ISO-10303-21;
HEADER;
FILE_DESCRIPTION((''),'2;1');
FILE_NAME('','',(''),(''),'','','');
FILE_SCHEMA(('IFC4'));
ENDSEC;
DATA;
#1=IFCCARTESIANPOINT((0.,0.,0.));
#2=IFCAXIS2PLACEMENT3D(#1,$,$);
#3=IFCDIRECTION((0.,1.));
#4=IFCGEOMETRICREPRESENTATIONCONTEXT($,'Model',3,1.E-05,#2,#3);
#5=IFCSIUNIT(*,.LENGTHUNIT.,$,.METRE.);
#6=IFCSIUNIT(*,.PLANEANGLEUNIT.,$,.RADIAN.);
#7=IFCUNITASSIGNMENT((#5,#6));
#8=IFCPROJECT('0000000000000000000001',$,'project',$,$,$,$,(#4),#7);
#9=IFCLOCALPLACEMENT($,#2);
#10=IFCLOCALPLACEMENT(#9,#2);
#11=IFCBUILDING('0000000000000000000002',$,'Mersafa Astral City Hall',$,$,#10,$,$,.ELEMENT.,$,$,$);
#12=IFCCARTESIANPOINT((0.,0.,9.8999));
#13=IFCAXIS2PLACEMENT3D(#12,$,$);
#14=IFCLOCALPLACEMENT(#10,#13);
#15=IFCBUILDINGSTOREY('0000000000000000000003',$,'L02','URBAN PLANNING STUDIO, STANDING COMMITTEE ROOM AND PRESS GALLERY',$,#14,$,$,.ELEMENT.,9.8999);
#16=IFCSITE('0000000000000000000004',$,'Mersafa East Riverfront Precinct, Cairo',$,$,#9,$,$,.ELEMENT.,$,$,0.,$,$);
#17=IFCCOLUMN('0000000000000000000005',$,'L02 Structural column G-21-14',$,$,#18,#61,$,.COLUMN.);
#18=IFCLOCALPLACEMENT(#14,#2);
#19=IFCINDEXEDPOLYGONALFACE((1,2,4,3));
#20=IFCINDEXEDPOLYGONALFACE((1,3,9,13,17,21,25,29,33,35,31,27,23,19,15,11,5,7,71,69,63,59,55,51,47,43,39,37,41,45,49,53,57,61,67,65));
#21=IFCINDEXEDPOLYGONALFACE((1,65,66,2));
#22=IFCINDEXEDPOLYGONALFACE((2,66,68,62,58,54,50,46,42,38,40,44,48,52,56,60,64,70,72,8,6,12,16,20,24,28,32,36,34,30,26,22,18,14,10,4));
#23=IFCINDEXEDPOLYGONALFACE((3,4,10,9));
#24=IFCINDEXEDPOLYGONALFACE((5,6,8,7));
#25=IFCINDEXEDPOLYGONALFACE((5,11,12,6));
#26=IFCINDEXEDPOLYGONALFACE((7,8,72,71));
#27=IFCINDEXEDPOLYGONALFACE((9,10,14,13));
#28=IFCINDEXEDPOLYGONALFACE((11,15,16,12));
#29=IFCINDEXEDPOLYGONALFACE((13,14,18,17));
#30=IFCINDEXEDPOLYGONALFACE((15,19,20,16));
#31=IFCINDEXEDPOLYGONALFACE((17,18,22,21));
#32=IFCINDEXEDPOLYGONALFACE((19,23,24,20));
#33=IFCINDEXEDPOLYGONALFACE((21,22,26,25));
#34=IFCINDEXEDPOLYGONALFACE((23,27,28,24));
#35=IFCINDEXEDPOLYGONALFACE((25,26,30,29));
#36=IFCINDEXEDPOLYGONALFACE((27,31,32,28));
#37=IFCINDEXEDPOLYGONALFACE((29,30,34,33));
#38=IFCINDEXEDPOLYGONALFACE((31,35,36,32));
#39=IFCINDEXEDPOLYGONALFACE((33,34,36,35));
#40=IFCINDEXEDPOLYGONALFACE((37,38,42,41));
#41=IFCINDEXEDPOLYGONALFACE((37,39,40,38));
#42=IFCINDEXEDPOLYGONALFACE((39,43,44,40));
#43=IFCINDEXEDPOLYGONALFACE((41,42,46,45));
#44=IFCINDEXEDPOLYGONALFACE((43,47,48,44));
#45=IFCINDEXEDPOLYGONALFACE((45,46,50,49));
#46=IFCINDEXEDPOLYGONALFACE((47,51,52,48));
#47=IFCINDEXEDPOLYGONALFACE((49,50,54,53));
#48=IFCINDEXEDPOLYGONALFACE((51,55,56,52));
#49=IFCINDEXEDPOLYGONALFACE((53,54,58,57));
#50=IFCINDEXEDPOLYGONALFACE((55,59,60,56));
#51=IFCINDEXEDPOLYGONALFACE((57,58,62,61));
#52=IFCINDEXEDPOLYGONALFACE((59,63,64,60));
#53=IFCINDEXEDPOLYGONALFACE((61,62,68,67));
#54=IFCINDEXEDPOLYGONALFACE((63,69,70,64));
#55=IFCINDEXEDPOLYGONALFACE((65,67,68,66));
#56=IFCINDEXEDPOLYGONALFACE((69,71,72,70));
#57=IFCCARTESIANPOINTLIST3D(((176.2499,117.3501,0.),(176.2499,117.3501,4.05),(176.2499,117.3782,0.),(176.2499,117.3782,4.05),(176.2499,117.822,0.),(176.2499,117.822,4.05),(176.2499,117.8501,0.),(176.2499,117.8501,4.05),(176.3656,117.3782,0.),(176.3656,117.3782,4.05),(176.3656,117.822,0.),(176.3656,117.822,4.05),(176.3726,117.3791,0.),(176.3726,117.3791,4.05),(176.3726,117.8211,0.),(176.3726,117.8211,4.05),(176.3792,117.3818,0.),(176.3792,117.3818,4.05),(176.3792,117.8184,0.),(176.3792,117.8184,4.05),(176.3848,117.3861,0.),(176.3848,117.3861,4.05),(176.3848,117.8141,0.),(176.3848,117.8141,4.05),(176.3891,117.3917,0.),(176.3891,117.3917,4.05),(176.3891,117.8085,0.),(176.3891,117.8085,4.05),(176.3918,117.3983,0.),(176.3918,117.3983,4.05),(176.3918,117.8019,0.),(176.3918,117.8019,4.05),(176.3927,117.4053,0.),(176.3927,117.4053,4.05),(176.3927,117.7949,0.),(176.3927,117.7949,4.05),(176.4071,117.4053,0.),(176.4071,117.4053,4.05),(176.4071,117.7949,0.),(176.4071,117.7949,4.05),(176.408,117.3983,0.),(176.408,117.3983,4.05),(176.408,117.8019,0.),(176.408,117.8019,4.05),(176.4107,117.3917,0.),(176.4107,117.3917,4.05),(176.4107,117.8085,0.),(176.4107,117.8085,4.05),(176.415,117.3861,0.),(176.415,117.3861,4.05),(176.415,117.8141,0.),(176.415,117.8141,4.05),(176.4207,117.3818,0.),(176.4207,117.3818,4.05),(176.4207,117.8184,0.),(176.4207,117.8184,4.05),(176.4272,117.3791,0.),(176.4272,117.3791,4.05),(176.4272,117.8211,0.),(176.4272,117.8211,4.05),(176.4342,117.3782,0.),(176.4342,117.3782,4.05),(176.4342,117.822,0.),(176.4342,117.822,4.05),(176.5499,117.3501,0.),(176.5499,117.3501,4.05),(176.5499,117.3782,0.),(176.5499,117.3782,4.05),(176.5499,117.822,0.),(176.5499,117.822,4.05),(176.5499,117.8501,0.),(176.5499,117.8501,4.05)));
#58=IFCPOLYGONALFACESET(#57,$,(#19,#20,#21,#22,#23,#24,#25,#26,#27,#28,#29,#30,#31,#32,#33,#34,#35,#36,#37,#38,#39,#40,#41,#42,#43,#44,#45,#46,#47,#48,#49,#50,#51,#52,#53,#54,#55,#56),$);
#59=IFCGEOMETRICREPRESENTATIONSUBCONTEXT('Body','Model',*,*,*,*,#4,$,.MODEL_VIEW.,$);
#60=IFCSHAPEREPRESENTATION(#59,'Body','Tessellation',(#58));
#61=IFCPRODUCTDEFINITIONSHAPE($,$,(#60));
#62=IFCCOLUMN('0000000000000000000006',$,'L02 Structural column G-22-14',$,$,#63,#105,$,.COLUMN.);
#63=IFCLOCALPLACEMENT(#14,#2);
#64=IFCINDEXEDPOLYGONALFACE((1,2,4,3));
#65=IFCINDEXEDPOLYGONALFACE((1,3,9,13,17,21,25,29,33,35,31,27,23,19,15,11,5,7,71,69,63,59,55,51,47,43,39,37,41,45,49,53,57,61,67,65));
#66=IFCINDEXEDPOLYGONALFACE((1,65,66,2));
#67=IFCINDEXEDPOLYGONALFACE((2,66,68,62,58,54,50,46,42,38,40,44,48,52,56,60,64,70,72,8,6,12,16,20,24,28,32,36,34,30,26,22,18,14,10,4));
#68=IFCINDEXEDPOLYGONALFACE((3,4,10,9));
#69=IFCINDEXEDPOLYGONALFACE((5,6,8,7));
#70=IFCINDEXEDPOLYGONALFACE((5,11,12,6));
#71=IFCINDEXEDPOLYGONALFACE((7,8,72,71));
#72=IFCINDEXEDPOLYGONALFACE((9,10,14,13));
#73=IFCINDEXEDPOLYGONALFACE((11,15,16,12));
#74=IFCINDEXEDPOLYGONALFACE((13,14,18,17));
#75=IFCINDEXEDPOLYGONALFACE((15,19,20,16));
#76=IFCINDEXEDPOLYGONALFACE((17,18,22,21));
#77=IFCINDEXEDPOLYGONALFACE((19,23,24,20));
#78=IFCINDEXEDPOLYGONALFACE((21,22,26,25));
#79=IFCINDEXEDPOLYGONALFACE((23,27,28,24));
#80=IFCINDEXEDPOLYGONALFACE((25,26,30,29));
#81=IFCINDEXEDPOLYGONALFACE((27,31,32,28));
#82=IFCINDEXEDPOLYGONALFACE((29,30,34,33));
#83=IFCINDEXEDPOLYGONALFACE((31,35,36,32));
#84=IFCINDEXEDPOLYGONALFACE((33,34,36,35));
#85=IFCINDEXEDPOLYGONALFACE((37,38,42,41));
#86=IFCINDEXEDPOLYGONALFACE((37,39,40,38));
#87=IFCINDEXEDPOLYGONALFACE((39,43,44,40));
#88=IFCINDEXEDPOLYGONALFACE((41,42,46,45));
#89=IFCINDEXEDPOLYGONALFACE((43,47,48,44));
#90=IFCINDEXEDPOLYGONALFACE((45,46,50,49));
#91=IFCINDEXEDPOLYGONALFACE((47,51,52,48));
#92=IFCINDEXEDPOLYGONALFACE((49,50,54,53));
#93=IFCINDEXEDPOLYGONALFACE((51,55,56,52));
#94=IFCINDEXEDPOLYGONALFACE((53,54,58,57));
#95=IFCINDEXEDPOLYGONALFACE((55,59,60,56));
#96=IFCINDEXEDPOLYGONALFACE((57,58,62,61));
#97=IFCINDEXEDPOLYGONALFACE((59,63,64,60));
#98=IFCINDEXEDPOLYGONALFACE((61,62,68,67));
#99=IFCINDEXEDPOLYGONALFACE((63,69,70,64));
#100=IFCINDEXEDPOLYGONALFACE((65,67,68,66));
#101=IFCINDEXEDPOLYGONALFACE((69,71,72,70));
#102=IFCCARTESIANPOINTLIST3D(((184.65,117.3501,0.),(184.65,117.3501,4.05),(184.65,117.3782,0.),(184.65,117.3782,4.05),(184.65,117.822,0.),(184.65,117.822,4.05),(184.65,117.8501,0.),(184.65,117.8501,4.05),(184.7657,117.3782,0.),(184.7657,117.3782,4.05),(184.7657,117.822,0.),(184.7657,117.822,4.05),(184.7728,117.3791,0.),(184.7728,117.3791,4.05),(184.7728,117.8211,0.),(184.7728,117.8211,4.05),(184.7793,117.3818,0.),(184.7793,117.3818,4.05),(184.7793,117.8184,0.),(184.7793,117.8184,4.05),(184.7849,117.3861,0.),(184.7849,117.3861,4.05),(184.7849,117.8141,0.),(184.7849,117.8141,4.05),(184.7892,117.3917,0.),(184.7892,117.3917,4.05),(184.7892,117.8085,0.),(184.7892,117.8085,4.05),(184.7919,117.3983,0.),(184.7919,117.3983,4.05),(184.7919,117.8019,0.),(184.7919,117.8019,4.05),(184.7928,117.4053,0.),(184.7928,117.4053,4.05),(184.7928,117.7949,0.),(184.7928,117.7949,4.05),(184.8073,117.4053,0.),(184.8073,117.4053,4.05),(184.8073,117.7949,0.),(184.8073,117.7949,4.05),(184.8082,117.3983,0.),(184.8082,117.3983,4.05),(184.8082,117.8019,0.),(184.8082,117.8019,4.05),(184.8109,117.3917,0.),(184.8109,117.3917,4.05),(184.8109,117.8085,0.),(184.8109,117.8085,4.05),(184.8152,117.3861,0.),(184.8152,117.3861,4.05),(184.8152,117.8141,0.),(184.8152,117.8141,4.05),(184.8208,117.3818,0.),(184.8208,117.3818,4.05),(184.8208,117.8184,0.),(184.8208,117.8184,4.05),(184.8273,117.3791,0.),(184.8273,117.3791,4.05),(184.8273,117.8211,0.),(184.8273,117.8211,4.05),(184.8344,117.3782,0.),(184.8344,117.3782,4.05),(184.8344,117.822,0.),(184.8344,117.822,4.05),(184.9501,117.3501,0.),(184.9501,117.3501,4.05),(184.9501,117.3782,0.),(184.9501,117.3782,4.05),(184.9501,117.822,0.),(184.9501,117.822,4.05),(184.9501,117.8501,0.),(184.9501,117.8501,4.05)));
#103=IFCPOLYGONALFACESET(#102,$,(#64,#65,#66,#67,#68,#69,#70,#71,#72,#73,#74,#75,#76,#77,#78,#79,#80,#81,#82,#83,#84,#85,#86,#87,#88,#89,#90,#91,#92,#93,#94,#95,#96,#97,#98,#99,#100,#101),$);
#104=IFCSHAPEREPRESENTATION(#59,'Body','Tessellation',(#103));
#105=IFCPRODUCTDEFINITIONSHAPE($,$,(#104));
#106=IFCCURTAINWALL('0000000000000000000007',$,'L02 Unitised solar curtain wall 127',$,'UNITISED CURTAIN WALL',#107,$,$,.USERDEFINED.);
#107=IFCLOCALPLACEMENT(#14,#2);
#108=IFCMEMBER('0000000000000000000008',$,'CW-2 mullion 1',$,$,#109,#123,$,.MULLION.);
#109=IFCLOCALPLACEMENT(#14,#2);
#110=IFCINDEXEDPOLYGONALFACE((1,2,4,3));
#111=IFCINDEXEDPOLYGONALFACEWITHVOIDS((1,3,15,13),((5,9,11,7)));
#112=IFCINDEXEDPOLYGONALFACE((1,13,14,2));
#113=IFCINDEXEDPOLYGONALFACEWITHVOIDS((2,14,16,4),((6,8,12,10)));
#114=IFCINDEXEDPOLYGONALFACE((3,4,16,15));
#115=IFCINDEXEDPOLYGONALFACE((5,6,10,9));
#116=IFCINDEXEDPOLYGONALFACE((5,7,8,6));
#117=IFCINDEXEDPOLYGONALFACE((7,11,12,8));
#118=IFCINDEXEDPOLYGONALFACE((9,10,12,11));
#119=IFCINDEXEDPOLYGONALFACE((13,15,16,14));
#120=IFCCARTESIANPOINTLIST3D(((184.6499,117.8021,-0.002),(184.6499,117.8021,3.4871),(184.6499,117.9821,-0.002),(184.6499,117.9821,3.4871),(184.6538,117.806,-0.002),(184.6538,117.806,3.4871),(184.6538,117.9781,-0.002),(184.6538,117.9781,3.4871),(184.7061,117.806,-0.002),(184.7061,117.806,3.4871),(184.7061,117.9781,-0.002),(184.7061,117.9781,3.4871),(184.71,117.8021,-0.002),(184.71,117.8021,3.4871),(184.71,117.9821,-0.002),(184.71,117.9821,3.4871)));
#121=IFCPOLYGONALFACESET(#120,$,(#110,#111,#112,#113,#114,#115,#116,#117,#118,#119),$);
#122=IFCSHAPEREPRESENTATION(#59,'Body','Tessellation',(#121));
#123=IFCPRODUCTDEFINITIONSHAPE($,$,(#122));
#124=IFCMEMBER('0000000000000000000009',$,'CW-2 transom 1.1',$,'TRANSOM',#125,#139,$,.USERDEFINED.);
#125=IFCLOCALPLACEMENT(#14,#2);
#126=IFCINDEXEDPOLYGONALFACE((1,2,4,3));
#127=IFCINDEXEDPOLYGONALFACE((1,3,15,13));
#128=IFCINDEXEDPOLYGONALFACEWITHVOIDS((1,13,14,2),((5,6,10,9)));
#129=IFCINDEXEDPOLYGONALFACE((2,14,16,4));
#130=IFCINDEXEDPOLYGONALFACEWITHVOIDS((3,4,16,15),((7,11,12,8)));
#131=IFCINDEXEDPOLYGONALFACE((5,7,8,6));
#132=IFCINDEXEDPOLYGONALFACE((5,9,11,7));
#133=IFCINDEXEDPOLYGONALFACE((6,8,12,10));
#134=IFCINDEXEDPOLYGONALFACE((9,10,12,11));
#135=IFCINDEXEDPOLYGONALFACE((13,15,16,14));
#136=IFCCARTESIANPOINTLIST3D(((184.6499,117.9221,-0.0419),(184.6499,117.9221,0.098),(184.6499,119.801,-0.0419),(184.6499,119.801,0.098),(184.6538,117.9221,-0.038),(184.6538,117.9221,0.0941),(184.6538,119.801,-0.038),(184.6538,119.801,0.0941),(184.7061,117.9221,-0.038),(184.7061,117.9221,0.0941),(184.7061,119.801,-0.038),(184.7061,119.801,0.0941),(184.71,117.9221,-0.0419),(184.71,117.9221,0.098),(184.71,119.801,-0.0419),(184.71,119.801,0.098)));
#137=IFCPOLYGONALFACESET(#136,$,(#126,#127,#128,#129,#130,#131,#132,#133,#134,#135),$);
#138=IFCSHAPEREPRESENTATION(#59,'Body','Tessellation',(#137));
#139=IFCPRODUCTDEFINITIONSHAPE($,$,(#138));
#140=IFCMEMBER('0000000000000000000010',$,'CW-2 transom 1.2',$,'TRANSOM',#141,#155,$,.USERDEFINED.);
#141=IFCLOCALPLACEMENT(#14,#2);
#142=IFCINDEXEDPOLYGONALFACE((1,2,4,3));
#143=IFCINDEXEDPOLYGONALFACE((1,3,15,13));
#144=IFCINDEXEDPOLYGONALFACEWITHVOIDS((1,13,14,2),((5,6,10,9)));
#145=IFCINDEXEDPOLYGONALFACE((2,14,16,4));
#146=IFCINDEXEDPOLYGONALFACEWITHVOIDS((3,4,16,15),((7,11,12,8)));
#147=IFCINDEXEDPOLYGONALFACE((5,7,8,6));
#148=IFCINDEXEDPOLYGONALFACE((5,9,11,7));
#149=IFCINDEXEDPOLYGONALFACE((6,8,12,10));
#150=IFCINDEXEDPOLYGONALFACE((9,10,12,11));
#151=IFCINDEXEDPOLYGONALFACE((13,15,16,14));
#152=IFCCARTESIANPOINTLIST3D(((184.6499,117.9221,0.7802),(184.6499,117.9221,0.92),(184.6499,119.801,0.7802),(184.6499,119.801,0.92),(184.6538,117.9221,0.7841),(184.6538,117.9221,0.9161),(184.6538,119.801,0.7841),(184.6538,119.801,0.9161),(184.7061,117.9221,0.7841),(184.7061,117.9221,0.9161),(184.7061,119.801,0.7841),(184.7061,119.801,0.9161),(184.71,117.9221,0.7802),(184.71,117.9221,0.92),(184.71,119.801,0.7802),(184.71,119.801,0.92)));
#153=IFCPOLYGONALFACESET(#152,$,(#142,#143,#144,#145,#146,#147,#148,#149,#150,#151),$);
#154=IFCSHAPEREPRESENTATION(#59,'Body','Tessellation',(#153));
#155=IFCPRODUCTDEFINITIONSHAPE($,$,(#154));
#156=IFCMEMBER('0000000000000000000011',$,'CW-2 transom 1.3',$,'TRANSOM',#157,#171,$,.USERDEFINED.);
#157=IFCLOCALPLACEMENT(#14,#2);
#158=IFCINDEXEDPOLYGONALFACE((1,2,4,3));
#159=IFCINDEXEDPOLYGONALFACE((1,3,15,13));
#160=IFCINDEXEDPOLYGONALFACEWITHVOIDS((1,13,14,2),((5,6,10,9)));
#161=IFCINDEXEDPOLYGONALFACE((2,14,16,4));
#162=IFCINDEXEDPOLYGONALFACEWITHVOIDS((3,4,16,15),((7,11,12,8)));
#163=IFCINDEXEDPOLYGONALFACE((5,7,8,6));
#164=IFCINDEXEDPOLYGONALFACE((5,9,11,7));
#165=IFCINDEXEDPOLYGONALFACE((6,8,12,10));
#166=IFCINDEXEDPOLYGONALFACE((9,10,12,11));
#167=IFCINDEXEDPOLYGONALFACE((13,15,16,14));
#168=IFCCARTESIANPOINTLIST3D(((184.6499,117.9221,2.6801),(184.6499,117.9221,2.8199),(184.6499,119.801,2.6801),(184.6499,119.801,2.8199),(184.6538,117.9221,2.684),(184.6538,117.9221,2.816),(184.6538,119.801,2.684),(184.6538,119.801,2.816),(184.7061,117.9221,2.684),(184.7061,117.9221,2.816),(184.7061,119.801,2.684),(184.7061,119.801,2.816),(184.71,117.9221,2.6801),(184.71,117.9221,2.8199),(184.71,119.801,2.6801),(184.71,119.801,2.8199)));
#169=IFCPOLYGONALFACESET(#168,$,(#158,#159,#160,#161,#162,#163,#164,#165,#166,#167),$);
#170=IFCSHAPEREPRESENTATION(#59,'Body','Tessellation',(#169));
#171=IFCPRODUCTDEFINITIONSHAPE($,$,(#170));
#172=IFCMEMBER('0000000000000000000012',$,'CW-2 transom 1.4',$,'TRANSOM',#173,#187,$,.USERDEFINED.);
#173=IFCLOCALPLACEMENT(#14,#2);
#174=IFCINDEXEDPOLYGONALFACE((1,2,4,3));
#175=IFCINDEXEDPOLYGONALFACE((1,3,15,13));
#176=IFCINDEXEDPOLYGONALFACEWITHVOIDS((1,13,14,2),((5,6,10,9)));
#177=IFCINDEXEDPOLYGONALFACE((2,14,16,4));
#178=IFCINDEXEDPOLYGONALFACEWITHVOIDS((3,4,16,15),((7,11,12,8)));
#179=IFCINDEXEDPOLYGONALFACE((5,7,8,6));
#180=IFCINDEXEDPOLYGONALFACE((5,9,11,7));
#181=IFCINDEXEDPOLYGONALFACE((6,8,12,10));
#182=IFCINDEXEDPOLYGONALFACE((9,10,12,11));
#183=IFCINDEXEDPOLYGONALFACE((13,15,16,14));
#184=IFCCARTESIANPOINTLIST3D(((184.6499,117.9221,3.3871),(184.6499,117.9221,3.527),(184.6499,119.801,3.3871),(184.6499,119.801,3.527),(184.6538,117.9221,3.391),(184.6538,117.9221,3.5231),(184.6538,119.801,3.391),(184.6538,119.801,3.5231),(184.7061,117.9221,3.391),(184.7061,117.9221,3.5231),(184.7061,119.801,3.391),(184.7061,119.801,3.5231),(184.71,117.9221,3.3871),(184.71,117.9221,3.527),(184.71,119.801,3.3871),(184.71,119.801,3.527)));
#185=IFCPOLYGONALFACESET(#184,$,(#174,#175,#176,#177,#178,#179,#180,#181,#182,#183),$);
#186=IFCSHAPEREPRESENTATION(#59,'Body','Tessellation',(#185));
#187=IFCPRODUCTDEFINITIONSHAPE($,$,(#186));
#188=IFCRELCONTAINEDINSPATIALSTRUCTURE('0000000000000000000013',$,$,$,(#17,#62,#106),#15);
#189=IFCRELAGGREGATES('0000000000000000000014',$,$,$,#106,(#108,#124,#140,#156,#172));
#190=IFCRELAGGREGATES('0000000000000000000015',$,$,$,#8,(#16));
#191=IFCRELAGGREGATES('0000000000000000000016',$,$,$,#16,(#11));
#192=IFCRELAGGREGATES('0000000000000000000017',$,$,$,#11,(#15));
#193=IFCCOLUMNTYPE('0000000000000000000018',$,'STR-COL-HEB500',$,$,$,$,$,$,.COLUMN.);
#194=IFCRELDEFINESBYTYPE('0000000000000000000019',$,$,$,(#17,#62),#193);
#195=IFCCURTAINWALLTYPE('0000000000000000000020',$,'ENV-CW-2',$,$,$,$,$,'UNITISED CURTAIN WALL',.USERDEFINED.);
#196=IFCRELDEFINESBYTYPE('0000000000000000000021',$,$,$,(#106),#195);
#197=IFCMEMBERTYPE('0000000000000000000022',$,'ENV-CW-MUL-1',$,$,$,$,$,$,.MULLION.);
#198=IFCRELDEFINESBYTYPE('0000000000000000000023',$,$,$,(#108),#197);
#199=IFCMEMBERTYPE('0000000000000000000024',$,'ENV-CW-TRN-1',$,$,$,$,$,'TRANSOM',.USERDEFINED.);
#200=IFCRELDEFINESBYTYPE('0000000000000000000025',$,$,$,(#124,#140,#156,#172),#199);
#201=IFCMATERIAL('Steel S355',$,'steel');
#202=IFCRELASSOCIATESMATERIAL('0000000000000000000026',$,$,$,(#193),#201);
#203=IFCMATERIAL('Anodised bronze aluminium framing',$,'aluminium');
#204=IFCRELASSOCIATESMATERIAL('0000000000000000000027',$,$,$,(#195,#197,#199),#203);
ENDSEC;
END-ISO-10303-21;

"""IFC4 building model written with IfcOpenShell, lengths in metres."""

from ifc_helpers import new_model, si_unit, direction, frame, origin, origin_2d, place, context, subcontext, project, spatial, hollow_rectangle, i_section, extrude, material, material_profile, profile_set, type_object, element, aggregate, save


model = new_model("IFC4")

# Units and contexts
model_context = context("Model", 3, precision=1e-05, world=origin(), true_north=direction((0.0, 1.0)))
body_context = subcontext(model_context, "Body", "Model", "MODEL_VIEW")
ifc_project = project(units=[si_unit("LENGTHUNIT", "METRE"), si_unit("PLANEANGLEUNIT", "RADIAN")], contexts=[model_context])

# Site, building, storey
site_placement = place(None, origin())
site = spatial("IfcSite", under=ifc_project, at=site_placement, Name="Mersafa East Riverfront Precinct, Cairo", CompositionType="ELEMENT", RefElevation=0.0)
building_placement = place(site_placement, origin())
building = spatial("IfcBuilding", under=site, at=building_placement, Name="Mersafa Astral City Hall", CompositionType="ELEMENT")
storey_placement = place(building_placement, frame((0.0, 0.0, 9.8999)))
storey = spatial("IfcBuildingStorey", under=building, at=storey_placement, Name="L02", Description="URBAN PLANNING STUDIO, STANDING COMMITTEE ROOM AND PRESS GALLERY", CompositionType="ELEMENT", Elevation=9.8999)

# Columns
ifc_material_1 = material(Name="Steel S355", Category="steel")
ifc_material_profile_1 = material_profile(ifc_material_1, i_section(OverallWidth=0.3, OverallDepth=0.5, WebThickness=0.0144, FlangeThickness=0.0281, FilletRadius=0.0271, at=origin_2d()), Name="HEB 500")
ifc_profile_set_1 = profile_set([ifc_material_profile_1], Name="Steel S355")
column_type = type_object("IfcColumnType", Name="STR-COL-HEB500", PredefinedType="COLUMN", material=ifc_profile_set_1)
for number, where, z_axis, x_axis, name in (
    (1, (176.3999, 117.6001, 0.0), (0.0, 0.0, 1.0), (1.0, 0.0, 0.0), "L02 Structural column G-21-14"),
    (2, (184.8, 117.6001, 0.0), (0.0, 0.0, 1.0), (1.0, 0.0, 0.0), "L02 Structural column G-22-14"),
):
    element("IfcColumn", number, at=place(storey_placement, frame(where, z_axis=z_axis, x_axis=x_axis)), inside=storey, type_object=column_type, Name=name, PredefinedType="COLUMN", context=body_context, shape_type="SweptSolid", body=[
        extrude(i_section(OverallWidth=0.3, OverallDepth=0.5, WebThickness=0.0144, FlangeThickness=0.0281, FilletRadius=0.0271, at=origin_2d()), origin(), (0.0, 0.0, 1.0), 4.05),
    ])

# Curtain wall, members
ifc_material_2 = material(Name="Anodised bronze aluminium framing", Category="aluminium")
curtain_wall_type = type_object("IfcCurtainWallType", Name="ENV-CW-2", ElementType="UNITISED CURTAIN WALL", PredefinedType="USERDEFINED", material=ifc_material_2)
curtain_wall_placement = place(storey_placement, origin())
curtain_wall = element("IfcCurtainWall", 3, at=curtain_wall_placement, inside=storey, type_object=curtain_wall_type, Name="L02 Unitised solar curtain wall 127", ObjectType="UNITISED CURTAIN WALL", PredefinedType="USERDEFINED")
ifc_material_profile_2 = material_profile(ifc_material_2, hollow_rectangle(XDim=0.0601, YDim=0.1799, WallThickness=0.0039, at=origin_2d()), Name="RHS 60x180x4")
ifc_profile_set_2 = profile_set([ifc_material_profile_2], Name="Anodised bronze aluminium framing")
member_type_1 = type_object("IfcMemberType", Name="ENV-CW-MUL-1", PredefinedType="MULLION", material=ifc_profile_set_2)
member_1_placement = place(storey_placement, frame((184.6799, 117.8921, -0.002), z_axis=(0.0, 0.0, 1.0), x_axis=(-1.0, 0.0, 0.0)))
member_1 = element("IfcMember", 4, at=member_1_placement, type_object=member_type_1, Name="CW-2 mullion 1", PredefinedType="MULLION", context=body_context, shape_type="SweptSolid", body=[
    extrude(hollow_rectangle(XDim=0.0601, YDim=0.1799, WallThickness=0.0039, at=origin_2d()), origin(), (0.0, 0.0, 1.0), 3.489),
])
ifc_material_profile_3 = material_profile(ifc_material_2, hollow_rectangle(XDim=0.0601, YDim=0.1399, WallThickness=0.0039, at=origin_2d()), Name="RHS 60x140x4")
ifc_profile_set_3 = profile_set([ifc_material_profile_3], Name="Anodised bronze aluminium framing")
member_type_2 = type_object("IfcMemberType", Name="ENV-CW-TRN-1", ElementType="TRANSOM", PredefinedType="USERDEFINED", material=ifc_profile_set_3)
member_2_placement = place(storey_placement, frame((184.6799, 117.9221, 0.0281), z_axis=(0.0, 1.0, 0.0), x_axis=(-1.0, 0.0, 0.0)))
member_2 = element("IfcMember", 5, at=member_2_placement, type_object=member_type_2, Name="CW-2 transom 1.1", ObjectType="TRANSOM", PredefinedType="USERDEFINED", context=body_context, shape_type="SweptSolid", body=[
    extrude(hollow_rectangle(XDim=0.0601, YDim=0.1399, WallThickness=0.0039, at=origin_2d()), origin(), (0.0, 0.0, 1.0), 1.8789),
])
member_3_placement = place(storey_placement, frame((184.6799, 117.9221, 0.8501), z_axis=(0.0, 1.0, 0.0), x_axis=(-1.0, 0.0, 0.0)))
member_3 = element("IfcMember", 6, at=member_3_placement, type_object=member_type_2, Name="CW-2 transom 1.2", ObjectType="TRANSOM", PredefinedType="USERDEFINED", context=body_context, shape_type="SweptSolid", body=[
    extrude(hollow_rectangle(XDim=0.0601, YDim=0.1399, WallThickness=0.0039, at=origin_2d()), origin(), (0.0, 0.0, 1.0), 1.8789),
])
member_4_placement = place(storey_placement, frame((184.6799, 117.9221, 2.75), z_axis=(0.0, 1.0, 0.0), x_axis=(-1.0, 0.0, 0.0)))
member_4 = element("IfcMember", 7, at=member_4_placement, type_object=member_type_2, Name="CW-2 transom 1.3", ObjectType="TRANSOM", PredefinedType="USERDEFINED", context=body_context, shape_type="SweptSolid", body=[
    extrude(hollow_rectangle(XDim=0.0601, YDim=0.1399, WallThickness=0.0039, at=origin_2d()), origin(), (0.0, 0.0, 1.0), 1.8789),
])
member_5_placement = place(storey_placement, frame((184.6799, 117.9221, 3.457), z_axis=(0.0, 1.0, 0.0), x_axis=(-1.0, 0.0, 0.0)))
member_5 = element("IfcMember", 8, at=member_5_placement, type_object=member_type_2, Name="CW-2 transom 1.4", ObjectType="TRANSOM", PredefinedType="USERDEFINED", context=body_context, shape_type="SweptSolid", body=[
    extrude(hollow_rectangle(XDim=0.0601, YDim=0.1399, WallThickness=0.0039, at=origin_2d()), origin(), (0.0, 0.0, 1.0), 1.8789),
])

aggregate(curtain_wall, [member_1, member_2, member_3, member_4, member_5])

save(model, "model.ifc")
